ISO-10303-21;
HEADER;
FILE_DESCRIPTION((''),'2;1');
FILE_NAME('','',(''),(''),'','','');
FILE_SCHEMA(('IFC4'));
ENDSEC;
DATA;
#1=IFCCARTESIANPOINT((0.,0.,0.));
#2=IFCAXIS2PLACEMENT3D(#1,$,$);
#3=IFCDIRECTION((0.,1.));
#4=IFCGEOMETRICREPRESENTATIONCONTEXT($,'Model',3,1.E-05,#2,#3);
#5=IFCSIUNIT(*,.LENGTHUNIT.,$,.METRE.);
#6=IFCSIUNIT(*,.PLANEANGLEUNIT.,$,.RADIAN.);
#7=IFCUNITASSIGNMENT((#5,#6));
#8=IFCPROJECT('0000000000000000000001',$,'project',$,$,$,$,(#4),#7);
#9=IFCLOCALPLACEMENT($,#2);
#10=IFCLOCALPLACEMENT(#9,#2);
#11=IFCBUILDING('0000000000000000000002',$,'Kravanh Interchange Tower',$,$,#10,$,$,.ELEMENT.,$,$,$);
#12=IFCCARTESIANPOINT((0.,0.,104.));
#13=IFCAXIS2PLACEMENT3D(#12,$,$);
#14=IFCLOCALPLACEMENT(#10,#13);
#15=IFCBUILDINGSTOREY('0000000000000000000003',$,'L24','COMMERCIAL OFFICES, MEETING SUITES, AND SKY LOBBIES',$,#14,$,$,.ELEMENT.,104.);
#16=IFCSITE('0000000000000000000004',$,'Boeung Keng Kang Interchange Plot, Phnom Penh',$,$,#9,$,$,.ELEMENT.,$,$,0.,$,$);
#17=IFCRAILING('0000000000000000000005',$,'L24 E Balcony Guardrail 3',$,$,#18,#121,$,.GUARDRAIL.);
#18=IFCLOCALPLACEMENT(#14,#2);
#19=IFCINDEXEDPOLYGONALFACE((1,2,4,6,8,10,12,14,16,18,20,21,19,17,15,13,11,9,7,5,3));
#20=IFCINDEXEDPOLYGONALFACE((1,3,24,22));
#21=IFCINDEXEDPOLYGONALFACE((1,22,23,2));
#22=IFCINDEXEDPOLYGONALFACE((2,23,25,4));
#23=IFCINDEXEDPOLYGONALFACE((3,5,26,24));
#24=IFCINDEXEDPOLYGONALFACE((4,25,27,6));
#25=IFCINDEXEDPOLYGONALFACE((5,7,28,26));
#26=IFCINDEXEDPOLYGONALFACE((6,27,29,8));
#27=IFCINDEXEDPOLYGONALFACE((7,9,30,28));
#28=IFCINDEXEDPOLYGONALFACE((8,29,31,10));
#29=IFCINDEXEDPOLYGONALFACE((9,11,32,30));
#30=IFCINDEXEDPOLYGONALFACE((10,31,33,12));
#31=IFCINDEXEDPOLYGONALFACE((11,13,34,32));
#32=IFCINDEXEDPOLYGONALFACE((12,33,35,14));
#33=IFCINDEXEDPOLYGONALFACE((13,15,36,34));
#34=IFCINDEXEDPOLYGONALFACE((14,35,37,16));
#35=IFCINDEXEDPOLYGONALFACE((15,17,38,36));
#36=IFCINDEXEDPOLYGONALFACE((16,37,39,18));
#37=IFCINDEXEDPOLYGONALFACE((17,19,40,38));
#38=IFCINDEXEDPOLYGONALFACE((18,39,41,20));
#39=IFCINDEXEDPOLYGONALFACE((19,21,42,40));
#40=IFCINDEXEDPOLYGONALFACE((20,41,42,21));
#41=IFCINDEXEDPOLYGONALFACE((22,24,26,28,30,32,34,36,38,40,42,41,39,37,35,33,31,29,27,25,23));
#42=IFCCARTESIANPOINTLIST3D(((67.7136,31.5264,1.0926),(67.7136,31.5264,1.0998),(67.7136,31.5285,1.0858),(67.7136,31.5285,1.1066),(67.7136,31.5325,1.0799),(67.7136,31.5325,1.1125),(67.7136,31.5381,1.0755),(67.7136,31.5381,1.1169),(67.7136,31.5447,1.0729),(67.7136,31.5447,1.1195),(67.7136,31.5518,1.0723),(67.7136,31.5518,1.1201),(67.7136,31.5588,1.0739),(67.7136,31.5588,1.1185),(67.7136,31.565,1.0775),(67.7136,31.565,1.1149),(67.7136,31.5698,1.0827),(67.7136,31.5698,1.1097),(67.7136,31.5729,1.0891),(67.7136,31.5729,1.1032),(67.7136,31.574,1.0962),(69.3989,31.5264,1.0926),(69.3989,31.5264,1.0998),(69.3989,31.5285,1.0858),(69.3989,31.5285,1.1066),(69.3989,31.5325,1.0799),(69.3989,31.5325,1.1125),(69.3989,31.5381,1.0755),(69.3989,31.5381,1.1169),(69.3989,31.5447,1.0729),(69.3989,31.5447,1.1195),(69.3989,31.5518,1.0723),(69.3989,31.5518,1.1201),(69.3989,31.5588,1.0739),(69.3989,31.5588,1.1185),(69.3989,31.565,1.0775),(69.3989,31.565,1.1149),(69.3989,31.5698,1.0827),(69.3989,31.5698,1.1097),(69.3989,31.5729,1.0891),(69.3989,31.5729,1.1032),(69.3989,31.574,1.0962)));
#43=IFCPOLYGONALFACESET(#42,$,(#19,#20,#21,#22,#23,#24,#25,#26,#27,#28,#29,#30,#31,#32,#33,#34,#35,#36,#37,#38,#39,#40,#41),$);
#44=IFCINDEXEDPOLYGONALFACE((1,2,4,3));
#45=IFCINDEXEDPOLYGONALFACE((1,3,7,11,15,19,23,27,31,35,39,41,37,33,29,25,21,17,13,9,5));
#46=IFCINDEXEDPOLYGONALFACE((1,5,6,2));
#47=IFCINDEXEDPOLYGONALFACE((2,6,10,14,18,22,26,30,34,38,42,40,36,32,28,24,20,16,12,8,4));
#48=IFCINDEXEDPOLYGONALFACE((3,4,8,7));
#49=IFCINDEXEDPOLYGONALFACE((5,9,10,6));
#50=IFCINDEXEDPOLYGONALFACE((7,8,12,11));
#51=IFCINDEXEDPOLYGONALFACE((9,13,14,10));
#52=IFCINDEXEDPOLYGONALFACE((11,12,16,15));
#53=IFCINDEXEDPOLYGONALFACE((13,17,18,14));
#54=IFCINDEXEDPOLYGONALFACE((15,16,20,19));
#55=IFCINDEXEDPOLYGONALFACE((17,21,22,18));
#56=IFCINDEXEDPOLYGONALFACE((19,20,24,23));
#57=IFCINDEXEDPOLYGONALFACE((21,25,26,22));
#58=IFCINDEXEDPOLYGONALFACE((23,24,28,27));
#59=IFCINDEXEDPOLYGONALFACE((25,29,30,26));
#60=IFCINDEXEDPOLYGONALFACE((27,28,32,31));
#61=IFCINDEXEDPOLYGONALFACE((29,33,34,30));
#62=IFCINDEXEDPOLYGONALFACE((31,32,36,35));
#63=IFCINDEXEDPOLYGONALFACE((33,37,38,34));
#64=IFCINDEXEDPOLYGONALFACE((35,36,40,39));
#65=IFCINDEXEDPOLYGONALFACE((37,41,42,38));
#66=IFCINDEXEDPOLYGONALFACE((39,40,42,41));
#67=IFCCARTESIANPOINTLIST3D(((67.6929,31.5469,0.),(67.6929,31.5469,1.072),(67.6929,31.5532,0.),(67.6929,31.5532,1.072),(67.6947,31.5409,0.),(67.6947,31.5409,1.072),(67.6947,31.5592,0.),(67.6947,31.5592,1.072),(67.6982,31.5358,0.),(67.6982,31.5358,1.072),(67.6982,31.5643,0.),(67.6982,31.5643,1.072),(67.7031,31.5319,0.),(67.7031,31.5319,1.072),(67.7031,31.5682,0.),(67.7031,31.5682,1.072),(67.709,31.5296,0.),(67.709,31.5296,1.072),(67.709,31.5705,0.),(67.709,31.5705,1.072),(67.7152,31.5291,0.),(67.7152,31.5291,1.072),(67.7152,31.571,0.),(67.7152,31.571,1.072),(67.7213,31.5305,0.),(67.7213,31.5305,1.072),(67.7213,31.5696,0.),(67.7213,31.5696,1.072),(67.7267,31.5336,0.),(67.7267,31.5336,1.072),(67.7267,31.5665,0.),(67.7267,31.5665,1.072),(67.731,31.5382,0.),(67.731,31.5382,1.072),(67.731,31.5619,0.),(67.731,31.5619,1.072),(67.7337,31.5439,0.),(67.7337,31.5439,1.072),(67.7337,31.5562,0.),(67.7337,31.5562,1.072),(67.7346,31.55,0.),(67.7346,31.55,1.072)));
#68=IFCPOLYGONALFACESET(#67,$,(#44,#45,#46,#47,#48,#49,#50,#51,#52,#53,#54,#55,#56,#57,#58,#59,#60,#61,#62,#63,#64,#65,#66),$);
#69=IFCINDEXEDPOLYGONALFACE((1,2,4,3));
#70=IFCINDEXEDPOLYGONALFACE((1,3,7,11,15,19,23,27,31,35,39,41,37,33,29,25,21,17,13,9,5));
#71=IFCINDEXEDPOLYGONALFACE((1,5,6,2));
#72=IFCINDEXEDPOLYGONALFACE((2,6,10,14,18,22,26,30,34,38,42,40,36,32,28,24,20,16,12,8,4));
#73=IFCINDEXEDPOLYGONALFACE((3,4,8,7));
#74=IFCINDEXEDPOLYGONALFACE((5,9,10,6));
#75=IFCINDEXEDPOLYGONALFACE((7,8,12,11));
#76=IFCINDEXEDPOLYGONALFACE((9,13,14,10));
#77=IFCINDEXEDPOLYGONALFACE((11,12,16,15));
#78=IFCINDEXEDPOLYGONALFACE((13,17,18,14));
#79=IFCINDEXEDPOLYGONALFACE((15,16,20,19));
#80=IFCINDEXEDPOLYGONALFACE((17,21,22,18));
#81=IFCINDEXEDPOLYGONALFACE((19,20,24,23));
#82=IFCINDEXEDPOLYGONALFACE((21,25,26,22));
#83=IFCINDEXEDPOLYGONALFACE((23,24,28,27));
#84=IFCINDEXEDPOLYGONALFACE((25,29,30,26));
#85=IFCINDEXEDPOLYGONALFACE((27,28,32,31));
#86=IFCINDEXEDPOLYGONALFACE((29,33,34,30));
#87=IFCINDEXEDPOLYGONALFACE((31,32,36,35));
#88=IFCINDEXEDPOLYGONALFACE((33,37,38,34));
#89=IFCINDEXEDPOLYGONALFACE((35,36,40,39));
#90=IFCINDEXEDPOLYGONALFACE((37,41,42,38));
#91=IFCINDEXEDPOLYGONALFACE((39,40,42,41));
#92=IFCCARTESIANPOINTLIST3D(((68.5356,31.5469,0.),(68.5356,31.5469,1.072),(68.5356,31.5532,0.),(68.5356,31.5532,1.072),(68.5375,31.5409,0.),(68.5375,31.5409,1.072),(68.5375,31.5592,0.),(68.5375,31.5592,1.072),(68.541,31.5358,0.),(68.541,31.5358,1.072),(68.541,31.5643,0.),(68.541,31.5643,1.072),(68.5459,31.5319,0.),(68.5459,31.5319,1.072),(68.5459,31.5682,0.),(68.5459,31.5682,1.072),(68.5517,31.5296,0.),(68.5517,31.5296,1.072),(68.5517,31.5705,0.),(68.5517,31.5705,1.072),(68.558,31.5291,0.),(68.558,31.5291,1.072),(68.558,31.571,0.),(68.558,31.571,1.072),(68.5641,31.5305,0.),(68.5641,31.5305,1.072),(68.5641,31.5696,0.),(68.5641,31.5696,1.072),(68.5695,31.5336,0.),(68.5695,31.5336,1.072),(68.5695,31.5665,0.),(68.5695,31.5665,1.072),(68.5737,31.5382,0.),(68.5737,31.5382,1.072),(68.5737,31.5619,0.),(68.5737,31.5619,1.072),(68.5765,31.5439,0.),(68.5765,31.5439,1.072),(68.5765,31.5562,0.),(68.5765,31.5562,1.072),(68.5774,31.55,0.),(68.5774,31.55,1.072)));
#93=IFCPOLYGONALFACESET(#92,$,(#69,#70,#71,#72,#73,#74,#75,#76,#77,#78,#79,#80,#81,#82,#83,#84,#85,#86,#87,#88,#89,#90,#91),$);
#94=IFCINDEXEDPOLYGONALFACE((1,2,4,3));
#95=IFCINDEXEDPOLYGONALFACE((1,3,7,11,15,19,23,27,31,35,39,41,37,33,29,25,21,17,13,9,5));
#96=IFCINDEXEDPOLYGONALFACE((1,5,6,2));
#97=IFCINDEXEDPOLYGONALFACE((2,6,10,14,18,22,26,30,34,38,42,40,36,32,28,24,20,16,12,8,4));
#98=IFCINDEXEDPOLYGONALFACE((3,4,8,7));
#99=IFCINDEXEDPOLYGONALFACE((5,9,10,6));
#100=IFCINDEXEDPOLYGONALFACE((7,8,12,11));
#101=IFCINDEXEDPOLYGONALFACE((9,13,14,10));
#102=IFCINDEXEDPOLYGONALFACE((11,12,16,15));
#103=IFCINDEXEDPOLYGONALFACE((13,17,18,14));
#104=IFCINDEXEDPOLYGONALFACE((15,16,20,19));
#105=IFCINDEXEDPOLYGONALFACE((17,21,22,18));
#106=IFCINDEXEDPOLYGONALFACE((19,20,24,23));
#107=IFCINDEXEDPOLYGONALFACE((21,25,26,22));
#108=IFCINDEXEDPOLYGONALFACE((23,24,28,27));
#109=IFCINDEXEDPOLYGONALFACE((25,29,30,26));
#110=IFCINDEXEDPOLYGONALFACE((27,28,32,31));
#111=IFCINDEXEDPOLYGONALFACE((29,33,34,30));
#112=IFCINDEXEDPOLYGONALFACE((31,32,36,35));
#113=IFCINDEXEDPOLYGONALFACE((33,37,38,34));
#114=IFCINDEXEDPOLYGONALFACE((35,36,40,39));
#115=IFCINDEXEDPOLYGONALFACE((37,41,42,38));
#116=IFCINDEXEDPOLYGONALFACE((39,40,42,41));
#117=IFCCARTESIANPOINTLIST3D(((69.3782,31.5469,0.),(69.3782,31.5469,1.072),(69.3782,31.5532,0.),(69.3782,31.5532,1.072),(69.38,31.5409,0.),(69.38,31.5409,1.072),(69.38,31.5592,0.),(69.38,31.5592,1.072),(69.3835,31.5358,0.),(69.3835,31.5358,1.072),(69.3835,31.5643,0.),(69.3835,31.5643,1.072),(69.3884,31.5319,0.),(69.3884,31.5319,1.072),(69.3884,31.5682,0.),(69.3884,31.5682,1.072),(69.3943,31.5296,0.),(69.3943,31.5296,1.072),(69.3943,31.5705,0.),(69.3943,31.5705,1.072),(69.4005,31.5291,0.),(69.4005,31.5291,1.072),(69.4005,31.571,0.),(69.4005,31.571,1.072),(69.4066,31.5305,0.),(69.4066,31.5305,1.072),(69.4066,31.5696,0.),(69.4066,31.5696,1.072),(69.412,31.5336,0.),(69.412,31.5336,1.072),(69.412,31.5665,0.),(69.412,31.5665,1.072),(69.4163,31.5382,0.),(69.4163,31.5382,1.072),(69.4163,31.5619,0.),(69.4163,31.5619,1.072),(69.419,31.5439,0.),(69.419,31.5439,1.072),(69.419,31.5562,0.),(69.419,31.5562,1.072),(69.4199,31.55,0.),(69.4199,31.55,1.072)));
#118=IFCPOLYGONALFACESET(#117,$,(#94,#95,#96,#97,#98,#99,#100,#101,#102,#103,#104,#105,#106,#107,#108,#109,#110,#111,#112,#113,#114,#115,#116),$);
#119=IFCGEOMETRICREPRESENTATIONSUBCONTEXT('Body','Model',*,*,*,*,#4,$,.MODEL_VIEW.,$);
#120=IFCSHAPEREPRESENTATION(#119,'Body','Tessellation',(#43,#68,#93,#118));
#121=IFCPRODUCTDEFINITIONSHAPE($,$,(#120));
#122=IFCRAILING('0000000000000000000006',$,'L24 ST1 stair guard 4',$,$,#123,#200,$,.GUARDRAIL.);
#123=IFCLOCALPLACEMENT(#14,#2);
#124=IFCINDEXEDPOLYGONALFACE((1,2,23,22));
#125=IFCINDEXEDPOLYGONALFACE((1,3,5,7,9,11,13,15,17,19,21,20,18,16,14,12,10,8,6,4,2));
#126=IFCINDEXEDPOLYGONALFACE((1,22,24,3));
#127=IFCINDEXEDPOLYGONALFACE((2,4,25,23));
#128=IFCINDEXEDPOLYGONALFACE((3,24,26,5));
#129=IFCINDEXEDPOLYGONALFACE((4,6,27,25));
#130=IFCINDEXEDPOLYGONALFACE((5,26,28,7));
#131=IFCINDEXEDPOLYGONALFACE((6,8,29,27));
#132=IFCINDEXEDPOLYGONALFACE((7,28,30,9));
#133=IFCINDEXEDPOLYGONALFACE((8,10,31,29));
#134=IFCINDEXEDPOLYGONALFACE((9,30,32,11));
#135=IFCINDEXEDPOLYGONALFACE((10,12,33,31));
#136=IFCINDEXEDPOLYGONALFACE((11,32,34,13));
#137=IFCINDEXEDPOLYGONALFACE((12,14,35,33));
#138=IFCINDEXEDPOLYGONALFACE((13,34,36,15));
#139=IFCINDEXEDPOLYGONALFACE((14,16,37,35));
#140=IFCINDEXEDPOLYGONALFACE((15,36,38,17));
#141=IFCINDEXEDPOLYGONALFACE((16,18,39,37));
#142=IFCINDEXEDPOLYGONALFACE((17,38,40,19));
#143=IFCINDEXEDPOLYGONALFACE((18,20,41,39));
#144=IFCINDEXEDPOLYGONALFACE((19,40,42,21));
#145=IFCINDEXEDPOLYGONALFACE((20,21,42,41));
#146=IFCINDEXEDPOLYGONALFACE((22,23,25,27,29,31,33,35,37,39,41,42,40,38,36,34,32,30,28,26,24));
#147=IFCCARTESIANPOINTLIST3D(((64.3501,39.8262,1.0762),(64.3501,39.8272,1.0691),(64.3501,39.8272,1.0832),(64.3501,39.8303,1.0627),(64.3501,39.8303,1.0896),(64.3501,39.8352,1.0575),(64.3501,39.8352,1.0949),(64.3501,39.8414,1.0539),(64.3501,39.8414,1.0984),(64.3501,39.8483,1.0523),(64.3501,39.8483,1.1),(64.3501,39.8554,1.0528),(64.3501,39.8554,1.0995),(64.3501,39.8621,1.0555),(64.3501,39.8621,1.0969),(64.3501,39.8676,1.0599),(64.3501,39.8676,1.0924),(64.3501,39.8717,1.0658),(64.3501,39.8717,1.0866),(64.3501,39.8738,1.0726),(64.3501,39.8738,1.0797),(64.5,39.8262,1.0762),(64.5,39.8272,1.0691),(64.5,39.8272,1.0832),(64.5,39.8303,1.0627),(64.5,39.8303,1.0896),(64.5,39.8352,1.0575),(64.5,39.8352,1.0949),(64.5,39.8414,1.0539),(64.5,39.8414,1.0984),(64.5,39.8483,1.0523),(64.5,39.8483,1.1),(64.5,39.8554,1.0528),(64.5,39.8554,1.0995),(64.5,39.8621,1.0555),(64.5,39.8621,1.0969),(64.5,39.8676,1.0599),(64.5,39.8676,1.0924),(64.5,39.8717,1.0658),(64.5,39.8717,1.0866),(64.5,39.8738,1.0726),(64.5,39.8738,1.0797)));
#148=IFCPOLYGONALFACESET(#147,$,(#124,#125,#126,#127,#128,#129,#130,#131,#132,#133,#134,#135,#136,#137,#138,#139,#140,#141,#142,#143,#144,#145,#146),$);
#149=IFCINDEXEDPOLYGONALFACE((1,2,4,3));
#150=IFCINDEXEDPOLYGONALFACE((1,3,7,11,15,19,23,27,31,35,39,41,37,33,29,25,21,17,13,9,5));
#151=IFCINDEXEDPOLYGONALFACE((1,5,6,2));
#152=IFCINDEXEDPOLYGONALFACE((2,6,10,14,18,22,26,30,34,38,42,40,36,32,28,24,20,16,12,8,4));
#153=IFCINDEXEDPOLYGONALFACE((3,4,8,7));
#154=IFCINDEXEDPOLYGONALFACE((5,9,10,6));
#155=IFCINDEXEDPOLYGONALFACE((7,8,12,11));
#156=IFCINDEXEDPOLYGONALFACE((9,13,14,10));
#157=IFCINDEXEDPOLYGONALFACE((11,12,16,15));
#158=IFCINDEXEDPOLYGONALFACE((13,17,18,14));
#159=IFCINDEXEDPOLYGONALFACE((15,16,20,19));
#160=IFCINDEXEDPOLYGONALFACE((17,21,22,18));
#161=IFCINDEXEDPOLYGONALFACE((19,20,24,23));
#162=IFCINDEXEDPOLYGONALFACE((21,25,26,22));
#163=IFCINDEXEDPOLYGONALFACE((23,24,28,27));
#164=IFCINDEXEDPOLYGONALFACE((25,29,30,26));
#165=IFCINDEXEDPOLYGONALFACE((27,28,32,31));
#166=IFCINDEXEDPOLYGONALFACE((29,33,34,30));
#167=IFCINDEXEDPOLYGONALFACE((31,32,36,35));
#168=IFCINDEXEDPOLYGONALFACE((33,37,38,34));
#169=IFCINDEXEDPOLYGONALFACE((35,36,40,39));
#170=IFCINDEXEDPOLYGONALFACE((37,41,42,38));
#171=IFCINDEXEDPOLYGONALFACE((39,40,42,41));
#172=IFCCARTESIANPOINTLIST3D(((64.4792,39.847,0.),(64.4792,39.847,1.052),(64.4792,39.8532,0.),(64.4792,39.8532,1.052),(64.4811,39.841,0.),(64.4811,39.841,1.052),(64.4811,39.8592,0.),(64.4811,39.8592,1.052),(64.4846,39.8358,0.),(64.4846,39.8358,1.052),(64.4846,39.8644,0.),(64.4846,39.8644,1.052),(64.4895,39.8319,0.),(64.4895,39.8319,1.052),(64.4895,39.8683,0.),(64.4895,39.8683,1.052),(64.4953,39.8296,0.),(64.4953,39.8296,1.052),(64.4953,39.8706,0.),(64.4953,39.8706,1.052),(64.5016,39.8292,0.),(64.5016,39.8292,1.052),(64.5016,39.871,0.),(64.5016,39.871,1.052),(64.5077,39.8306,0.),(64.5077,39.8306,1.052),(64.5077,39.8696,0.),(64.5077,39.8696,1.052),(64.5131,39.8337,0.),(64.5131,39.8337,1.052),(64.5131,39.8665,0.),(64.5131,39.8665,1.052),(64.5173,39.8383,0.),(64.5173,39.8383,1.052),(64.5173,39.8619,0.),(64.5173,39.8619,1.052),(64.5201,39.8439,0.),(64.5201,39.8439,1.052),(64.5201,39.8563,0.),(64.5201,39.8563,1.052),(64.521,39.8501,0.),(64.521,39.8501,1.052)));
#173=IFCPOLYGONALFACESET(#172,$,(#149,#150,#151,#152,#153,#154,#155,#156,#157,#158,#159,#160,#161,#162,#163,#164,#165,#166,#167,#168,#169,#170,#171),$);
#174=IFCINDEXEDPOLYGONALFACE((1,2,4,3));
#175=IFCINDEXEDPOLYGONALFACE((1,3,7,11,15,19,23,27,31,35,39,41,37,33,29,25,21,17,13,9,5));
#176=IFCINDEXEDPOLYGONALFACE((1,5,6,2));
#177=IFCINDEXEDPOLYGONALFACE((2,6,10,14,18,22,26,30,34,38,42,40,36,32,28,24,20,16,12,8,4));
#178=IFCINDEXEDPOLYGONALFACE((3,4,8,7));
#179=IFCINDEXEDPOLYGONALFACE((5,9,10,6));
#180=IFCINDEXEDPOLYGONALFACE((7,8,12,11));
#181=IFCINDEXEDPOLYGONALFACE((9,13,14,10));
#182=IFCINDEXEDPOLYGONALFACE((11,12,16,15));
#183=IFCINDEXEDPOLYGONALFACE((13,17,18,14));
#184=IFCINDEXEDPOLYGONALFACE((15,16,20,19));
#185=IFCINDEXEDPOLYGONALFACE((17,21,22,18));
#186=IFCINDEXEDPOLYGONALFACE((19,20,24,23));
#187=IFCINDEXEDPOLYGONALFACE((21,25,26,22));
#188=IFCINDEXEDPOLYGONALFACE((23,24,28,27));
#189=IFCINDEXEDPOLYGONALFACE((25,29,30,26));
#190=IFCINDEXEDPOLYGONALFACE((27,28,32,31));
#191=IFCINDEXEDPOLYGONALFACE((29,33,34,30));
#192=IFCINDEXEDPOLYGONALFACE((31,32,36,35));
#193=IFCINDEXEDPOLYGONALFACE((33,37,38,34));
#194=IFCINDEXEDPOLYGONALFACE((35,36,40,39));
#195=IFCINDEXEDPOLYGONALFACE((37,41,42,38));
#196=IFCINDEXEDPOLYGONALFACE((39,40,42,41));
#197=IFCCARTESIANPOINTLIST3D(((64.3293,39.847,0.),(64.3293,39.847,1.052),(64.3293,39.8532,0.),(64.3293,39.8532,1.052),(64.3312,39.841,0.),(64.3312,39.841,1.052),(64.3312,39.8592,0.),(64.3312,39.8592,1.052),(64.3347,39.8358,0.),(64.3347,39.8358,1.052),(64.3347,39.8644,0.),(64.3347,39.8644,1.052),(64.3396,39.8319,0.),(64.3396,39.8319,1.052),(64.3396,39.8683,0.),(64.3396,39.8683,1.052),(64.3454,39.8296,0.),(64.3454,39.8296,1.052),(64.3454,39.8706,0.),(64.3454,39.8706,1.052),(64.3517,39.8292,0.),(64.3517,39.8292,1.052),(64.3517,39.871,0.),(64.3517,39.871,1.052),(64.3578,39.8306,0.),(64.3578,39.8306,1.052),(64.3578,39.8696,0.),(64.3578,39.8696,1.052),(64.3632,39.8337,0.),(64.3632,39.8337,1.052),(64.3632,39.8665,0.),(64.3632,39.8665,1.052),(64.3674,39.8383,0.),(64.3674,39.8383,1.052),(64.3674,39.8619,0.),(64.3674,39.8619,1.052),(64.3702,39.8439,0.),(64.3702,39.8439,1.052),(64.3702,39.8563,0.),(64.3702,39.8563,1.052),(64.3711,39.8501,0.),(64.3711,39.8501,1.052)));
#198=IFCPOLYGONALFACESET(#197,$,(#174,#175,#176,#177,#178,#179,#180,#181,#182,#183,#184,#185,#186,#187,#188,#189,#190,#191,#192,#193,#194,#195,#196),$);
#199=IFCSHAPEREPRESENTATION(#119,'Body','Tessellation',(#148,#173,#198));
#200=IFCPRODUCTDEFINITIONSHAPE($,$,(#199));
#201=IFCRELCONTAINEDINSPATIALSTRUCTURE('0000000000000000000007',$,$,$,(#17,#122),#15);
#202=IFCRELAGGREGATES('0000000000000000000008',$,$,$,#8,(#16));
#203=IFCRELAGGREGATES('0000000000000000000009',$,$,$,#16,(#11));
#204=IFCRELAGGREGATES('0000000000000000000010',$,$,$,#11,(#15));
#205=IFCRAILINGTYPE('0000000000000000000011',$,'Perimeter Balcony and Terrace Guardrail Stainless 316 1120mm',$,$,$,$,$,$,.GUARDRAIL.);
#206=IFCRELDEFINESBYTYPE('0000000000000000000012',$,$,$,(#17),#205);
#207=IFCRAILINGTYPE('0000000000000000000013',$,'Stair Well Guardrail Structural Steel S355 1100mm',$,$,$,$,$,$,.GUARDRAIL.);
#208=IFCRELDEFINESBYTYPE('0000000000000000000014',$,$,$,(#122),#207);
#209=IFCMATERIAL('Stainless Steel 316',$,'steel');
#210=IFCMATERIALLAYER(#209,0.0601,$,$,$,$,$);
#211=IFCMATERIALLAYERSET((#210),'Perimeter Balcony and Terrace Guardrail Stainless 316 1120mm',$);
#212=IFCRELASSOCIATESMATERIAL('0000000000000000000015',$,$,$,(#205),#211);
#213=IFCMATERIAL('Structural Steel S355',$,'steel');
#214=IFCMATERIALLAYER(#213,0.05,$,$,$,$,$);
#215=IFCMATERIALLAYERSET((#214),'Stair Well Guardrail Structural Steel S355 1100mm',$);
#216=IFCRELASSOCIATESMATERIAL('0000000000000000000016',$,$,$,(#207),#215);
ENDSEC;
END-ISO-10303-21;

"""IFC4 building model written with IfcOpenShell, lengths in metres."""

from ifc_helpers import new_model, si_unit, direction, frame, origin, origin_2d, place, context, subcontext, project, spatial, circle, extrude, material, layer, layer_set, type_object, element, save


model = new_model("IFC4")

# Units and contexts
model_context = context("Model", 3, precision=1e-05, world=origin(), true_north=direction((0.0, 1.0)))
body_context = subcontext(model_context, "Body", "Model", "MODEL_VIEW")
ifc_project = project(units=[si_unit("LENGTHUNIT", "METRE"), si_unit("PLANEANGLEUNIT", "RADIAN")], contexts=[model_context])

# Site, building, storey
site_placement = place(None, origin())
site = spatial("IfcSite", under=ifc_project, at=site_placement, Name="Boeung Keng Kang Interchange Plot, Phnom Penh", CompositionType="ELEMENT", RefElevation=0.0)
building_placement = place(site_placement, origin())
building = spatial("IfcBuilding", under=site, at=building_placement, Name="Kravanh Interchange Tower", CompositionType="ELEMENT")
storey_placement = place(building_placement, frame((0.0, 0.0, 104.0)))
storey = spatial("IfcBuildingStorey", under=building, at=storey_placement, Name="L24", Description="COMMERCIAL OFFICES, MEETING SUITES, AND SKY LOBBIES", CompositionType="ELEMENT", Elevation=104.0)

# Railings
ifc_material_1 = material(Name="Stainless Steel 316", Category="steel")
ifc_layer_1 = layer(ifc_material_1, 0.0601)
ifc_layer_set_1 = layer_set([ifc_layer_1], Name="Perimeter Balcony and Terrace Guardrail Stainless 316 1120mm")
railing_type_1 = type_object("IfcRailingType", Name="Perimeter Balcony and Terrace Guardrail Stainless 316 1120mm", PredefinedType="GUARDRAIL", material=ifc_layer_set_1)
railing_1_placement = place(storey_placement, frame((67.7136, 31.55, 0.0)))
element("IfcRailing", 1, at=railing_1_placement, inside=storey, type_object=railing_type_1, Name="L24 E Balcony Guardrail 3", PredefinedType="GUARDRAIL", context=body_context, shape_type="SweptSolid", body=[
    extrude(circle(Radius=0.0239, at=origin_2d()), frame((0.0, 0.0, 1.0962), z_axis=(1.0, 0.0, 0.0), x_axis=(0.0, 1.0, 0.0)), (0.0, 0.0, 1.0), 1.6853),
    extrude(circle(Radius=0.021, at=origin_2d()), origin(), (0.0, 0.0, 1.0), 1.072),
    extrude(circle(Radius=0.021, at=origin_2d()), frame((0.8428, 0.0, 0.0)), (0.0, 0.0, 1.0), 1.072),
    extrude(circle(Radius=0.021, at=origin_2d()), frame((1.6853, 0.0, 0.0)), (0.0, 0.0, 1.0), 1.072),
])
ifc_material_2 = material(Name="Structural Steel S355", Category="steel")
ifc_layer_2 = layer(ifc_material_2, 0.05)
ifc_layer_set_2 = layer_set([ifc_layer_2], Name="Stair Well Guardrail Structural Steel S355 1100mm")
railing_type_2 = type_object("IfcRailingType", Name="Stair Well Guardrail Structural Steel S355 1100mm", PredefinedType="GUARDRAIL", material=ifc_layer_set_2)
for number, where, name in (
    (2, (64.5, 39.8501, 0.0), "L24 ST1 stair guard 4"),
):
    element("IfcRailing", number, at=place(storey_placement, frame(where)), inside=storey, type_object=railing_type_2, Name=name, PredefinedType="GUARDRAIL", context=body_context, shape_type="SweptSolid", body=[
        extrude(circle(Radius=0.0239, at=origin_2d()), frame((0.0, 0.0, 1.0762), z_axis=(-1.0, 0.0, 0.0), x_axis=(0.0, -1.0, 0.0)), (0.0, 0.0, 1.0), 0.1499),
        extrude(circle(Radius=0.021, at=origin_2d()), origin(), (0.0, 0.0, 1.0), 1.052),
        extrude(circle(Radius=0.021, at=origin_2d()), frame((-0.1499, 0.0, 0.0)), (0.0, 0.0, 1.0), 1.052),
    ])

save(model, "model.ifc")
